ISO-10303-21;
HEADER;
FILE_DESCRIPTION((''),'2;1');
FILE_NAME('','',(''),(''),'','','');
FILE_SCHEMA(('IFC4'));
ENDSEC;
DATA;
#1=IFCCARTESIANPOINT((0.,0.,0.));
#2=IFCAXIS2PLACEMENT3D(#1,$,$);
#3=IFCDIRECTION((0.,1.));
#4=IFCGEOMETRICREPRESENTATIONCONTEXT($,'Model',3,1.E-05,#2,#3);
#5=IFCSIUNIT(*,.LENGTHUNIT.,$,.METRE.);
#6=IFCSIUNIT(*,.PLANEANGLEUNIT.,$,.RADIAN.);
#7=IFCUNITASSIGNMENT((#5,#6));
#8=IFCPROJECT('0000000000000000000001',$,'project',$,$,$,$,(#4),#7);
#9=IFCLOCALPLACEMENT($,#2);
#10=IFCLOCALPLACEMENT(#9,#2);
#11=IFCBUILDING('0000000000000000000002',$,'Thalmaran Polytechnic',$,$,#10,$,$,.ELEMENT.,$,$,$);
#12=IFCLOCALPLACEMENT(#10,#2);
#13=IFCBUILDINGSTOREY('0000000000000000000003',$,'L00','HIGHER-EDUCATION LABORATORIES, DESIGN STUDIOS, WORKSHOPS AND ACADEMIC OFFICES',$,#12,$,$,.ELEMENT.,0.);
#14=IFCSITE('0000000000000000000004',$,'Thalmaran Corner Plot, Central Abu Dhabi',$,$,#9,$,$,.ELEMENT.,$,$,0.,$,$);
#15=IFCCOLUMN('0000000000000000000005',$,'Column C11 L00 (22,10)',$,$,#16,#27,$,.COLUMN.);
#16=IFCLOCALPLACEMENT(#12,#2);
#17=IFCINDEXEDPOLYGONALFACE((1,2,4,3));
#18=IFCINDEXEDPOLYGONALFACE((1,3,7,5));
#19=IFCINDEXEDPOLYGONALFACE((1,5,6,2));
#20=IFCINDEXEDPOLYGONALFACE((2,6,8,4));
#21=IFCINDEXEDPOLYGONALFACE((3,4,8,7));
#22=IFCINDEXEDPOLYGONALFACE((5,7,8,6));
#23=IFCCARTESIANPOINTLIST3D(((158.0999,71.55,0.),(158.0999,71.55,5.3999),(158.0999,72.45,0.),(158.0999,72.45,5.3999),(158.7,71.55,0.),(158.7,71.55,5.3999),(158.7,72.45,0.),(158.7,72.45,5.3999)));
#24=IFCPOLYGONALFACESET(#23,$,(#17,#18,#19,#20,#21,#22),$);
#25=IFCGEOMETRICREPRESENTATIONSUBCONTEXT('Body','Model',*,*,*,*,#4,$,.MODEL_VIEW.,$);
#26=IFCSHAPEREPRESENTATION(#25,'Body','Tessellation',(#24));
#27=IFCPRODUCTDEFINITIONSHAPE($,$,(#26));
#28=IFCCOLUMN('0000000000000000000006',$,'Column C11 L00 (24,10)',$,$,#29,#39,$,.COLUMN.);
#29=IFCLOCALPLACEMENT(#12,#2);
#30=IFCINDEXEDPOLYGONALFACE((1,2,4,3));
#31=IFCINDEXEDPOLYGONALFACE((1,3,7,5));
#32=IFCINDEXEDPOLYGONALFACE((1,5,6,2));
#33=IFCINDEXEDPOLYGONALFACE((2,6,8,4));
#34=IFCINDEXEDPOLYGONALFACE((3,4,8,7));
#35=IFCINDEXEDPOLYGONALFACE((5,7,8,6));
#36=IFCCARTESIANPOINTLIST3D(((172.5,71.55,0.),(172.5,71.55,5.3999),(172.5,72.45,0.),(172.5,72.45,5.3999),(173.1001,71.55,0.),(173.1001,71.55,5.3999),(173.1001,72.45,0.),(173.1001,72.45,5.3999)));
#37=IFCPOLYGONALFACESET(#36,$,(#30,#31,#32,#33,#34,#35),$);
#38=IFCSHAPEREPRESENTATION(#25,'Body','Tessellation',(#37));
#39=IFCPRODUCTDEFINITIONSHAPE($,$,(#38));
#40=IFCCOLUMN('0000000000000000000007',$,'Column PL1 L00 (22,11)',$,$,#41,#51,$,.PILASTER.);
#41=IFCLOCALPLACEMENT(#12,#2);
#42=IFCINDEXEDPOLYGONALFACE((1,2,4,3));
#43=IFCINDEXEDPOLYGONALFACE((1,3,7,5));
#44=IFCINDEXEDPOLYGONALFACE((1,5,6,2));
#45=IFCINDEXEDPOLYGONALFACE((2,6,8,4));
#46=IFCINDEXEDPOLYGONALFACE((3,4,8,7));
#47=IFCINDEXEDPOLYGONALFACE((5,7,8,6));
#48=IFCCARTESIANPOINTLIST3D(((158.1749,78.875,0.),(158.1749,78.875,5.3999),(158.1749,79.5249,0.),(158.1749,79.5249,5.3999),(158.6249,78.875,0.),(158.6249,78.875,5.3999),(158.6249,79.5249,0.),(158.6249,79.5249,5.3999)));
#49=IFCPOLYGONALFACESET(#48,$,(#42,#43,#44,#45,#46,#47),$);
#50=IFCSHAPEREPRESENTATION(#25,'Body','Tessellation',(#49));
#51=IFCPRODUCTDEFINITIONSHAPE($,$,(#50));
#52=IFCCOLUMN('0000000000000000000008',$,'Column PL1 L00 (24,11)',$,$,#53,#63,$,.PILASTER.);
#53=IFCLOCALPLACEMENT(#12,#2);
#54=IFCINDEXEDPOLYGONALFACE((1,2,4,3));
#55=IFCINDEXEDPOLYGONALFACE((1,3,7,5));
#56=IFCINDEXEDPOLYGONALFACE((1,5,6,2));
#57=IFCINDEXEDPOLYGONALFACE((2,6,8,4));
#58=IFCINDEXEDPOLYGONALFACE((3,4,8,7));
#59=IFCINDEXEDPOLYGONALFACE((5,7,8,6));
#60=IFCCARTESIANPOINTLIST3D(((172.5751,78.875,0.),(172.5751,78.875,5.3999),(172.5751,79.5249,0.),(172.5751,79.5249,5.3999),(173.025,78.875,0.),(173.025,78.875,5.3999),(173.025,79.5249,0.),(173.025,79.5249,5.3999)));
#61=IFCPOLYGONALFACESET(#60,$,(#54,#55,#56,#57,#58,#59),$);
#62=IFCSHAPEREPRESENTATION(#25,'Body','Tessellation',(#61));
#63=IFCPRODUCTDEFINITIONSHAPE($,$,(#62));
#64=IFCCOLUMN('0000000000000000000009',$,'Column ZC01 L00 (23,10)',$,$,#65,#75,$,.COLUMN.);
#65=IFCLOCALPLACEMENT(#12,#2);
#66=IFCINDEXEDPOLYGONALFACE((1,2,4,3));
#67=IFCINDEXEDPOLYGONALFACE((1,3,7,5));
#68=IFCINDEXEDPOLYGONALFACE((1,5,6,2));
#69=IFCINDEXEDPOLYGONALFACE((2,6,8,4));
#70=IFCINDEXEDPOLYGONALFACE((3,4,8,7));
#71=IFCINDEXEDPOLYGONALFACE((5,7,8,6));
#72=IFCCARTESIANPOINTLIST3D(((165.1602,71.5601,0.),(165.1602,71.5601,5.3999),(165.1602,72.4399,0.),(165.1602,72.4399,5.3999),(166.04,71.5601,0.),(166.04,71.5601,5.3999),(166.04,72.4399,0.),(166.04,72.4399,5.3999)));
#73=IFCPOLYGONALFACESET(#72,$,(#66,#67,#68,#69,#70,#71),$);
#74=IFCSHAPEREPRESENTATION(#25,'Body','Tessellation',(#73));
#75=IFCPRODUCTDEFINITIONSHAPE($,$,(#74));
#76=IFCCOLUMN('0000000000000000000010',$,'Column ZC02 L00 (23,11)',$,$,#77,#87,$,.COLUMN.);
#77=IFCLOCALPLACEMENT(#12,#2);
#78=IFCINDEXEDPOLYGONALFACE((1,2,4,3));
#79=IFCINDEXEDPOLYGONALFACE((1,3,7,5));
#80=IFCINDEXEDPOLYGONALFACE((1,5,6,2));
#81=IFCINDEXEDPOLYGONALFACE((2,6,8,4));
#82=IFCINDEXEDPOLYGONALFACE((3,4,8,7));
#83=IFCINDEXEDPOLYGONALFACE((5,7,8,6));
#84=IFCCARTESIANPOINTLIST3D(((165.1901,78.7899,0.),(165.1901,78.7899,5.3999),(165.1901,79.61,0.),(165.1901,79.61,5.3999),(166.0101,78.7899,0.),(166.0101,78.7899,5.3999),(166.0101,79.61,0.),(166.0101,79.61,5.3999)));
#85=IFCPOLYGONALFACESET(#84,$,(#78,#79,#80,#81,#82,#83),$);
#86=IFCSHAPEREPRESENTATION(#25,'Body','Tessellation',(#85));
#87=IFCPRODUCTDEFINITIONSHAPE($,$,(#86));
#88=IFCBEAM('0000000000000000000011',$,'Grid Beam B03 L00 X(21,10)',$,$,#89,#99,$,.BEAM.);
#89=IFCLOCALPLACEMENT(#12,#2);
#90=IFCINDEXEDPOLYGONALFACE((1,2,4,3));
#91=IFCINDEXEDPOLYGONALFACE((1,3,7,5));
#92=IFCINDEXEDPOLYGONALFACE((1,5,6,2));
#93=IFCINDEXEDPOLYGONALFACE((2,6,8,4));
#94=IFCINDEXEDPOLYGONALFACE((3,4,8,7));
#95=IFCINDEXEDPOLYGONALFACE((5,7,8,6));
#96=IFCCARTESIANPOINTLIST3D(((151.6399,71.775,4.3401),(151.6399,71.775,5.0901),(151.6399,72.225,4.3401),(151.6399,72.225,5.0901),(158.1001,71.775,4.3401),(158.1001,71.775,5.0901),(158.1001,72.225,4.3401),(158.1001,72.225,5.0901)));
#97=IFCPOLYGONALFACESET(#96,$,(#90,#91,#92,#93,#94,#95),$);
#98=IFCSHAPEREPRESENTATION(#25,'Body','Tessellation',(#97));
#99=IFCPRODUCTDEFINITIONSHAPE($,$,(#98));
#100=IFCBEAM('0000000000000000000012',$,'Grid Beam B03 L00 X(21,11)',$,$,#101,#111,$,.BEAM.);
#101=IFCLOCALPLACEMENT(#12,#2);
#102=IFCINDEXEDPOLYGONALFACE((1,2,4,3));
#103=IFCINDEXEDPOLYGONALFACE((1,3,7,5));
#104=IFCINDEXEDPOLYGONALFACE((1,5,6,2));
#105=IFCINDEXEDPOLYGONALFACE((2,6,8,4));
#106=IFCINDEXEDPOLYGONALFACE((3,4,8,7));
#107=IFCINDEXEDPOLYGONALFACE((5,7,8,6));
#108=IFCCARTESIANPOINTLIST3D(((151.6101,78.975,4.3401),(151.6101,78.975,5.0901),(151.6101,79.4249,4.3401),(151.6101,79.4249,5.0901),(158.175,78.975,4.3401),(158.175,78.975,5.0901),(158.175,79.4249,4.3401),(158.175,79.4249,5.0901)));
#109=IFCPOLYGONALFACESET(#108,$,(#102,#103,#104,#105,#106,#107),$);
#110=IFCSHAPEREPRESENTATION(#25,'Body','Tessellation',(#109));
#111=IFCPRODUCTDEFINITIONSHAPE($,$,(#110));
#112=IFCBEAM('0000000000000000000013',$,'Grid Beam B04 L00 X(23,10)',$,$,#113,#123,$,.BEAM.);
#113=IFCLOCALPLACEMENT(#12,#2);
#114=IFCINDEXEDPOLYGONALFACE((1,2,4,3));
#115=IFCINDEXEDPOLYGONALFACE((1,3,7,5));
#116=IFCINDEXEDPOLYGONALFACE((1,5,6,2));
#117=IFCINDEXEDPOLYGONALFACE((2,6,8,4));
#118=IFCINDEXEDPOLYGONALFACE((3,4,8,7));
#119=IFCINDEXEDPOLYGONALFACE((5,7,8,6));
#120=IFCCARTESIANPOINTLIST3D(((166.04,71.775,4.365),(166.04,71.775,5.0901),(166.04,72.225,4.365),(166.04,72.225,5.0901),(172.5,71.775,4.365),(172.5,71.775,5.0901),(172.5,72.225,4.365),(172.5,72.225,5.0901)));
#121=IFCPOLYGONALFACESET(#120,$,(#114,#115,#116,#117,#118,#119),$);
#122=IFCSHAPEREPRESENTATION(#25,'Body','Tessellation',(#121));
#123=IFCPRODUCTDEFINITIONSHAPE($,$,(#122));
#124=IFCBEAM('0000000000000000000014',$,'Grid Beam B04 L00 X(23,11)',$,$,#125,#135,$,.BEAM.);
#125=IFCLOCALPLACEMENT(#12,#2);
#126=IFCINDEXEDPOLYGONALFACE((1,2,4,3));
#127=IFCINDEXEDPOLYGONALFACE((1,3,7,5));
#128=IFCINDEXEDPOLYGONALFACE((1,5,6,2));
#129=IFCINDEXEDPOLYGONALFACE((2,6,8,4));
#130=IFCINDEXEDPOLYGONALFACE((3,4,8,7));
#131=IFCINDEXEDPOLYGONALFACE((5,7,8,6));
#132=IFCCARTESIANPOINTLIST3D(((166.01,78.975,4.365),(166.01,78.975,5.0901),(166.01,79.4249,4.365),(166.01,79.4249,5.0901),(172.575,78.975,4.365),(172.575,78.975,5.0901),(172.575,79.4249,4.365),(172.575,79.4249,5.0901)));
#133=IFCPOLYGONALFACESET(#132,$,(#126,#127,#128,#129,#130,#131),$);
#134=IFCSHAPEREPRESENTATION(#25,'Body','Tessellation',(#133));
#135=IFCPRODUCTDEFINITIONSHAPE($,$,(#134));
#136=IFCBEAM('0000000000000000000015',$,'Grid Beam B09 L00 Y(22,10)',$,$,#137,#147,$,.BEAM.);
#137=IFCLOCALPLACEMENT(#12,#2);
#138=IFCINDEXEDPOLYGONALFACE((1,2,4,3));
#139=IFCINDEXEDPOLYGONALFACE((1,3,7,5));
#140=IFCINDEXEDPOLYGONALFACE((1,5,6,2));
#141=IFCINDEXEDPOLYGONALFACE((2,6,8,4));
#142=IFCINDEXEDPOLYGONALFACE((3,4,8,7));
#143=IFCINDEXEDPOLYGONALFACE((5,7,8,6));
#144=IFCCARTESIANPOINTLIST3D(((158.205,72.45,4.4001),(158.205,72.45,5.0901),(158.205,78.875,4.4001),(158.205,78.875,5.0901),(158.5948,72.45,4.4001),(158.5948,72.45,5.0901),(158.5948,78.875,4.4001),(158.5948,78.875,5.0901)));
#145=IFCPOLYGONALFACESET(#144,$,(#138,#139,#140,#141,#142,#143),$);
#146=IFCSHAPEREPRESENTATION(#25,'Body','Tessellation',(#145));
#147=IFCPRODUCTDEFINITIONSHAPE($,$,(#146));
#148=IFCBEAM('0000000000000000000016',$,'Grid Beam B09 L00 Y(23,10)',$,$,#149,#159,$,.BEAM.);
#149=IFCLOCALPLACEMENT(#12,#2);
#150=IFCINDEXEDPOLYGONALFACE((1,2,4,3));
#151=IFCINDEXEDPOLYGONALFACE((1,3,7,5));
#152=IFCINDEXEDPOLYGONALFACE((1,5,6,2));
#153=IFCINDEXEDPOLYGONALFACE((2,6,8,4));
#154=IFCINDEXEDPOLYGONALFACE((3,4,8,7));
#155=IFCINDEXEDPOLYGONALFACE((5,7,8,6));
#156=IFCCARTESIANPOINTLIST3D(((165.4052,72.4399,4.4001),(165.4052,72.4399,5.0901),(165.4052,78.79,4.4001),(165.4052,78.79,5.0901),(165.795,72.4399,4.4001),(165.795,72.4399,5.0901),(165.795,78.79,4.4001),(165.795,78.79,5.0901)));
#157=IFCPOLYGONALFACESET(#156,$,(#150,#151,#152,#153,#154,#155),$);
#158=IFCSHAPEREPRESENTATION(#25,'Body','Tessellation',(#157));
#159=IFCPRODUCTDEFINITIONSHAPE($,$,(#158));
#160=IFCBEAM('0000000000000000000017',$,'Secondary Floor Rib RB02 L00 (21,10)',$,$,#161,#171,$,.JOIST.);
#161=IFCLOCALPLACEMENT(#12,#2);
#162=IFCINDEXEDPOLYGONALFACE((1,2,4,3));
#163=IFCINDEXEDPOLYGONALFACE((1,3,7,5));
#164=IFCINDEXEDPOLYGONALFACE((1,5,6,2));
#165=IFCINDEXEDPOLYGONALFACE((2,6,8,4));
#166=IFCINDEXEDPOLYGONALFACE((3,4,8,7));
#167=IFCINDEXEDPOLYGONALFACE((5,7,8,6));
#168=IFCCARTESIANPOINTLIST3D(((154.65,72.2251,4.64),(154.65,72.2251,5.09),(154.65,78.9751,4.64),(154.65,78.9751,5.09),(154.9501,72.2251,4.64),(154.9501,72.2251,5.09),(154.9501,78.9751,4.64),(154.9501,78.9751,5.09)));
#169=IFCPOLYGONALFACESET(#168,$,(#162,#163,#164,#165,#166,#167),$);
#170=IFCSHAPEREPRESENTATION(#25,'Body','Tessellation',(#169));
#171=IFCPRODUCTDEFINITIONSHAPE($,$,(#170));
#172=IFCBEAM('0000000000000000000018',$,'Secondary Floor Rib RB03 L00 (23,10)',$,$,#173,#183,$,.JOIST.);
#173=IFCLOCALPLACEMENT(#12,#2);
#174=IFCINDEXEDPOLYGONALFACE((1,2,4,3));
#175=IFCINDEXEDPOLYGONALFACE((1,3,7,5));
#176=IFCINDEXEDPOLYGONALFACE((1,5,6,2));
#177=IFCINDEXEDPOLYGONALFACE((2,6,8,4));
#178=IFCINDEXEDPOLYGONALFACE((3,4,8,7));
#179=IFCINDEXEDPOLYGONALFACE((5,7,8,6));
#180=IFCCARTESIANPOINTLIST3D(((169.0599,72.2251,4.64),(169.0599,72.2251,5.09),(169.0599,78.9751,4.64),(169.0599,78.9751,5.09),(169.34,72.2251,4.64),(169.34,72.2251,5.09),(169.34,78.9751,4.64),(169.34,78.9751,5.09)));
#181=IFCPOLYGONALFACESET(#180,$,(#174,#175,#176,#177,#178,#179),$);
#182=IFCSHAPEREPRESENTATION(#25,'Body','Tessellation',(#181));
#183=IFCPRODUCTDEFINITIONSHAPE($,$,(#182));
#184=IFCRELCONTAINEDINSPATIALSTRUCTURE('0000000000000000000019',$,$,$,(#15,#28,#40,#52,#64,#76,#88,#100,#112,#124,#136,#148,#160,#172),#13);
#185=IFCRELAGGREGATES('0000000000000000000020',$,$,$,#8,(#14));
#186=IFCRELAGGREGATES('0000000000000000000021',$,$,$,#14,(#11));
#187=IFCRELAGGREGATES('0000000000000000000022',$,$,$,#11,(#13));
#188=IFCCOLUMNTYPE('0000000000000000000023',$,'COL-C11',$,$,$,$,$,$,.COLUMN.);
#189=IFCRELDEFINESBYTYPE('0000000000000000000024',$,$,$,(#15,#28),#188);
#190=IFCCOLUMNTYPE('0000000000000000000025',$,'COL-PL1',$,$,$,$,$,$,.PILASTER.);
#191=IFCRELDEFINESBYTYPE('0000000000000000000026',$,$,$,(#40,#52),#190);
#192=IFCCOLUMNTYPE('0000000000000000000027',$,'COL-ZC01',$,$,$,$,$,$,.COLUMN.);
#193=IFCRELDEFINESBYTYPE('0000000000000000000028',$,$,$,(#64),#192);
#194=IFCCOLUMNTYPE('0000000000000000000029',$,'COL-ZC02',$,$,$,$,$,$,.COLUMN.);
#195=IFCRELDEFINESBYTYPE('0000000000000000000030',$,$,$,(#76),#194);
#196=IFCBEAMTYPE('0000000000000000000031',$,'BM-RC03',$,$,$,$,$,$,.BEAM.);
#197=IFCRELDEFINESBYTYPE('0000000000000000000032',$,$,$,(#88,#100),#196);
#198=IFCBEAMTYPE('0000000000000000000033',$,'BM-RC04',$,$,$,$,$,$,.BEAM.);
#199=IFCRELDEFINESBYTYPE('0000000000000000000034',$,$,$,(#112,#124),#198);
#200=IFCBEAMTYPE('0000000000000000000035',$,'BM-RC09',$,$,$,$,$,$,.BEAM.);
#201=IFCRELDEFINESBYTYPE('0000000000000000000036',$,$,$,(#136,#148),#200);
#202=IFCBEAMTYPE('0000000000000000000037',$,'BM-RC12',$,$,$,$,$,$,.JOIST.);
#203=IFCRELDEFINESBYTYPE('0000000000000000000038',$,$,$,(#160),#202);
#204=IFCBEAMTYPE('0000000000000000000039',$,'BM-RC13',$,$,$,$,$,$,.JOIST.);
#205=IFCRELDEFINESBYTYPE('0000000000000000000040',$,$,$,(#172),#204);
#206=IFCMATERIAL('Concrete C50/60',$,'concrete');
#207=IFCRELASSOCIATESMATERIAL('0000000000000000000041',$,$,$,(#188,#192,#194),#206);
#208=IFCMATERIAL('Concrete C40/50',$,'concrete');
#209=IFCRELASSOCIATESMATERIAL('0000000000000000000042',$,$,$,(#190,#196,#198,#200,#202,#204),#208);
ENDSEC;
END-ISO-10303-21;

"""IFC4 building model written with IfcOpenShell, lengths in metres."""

from ifc_helpers import new_model, si_unit, direction, frame, origin, origin_2d, place, context, subcontext, project, spatial, rectangle, extrude, material, material_profile, profile_set, type_object, element, save


model = new_model("IFC4")

# Units and contexts
model_context = context("Model", 3, precision=1e-05, world=origin(), true_north=direction((0.0, 1.0)))
body_context = subcontext(model_context, "Body", "Model", "MODEL_VIEW")
ifc_project = project(units=[si_unit("LENGTHUNIT", "METRE"), si_unit("PLANEANGLEUNIT", "RADIAN")], contexts=[model_context])

# Site, building, storey
site_placement = place(None, origin())
site = spatial("IfcSite", under=ifc_project, at=site_placement, Name="Thalmaran Corner Plot, Central Abu Dhabi", CompositionType="ELEMENT", RefElevation=0.0)
building_placement = place(site_placement, origin())
building = spatial("IfcBuilding", under=site, at=building_placement, Name="Thalmaran Polytechnic", CompositionType="ELEMENT")
storey_placement = place(building_placement, origin())
storey = spatial("IfcBuildingStorey", under=building, at=storey_placement, Name="L00", Description="HIGHER-EDUCATION LABORATORIES, DESIGN STUDIOS, WORKSHOPS AND ACADEMIC OFFICES", CompositionType="ELEMENT", Elevation=0.0)

# Columns
ifc_material_1 = material(Name="Concrete C50/60", Category="concrete")
ifc_material_profile_1 = material_profile(ifc_material_1, rectangle(XDim=0.6001, YDim=0.8999, at=origin_2d()), Name="RC 600x900")
ifc_profile_set_1 = profile_set([ifc_material_profile_1], Name="Concrete C50/60")
column_type_1 = type_object("IfcColumnType", Name="COL-C11", PredefinedType="COLUMN", material=ifc_profile_set_1)
for number, where, z_axis, x_axis, name in (
    (1, (158.3999, 72.0, 0.0), (0.0, 0.0, 1.0), (1.0, 0.0, 0.0), "Column C11 L00 (22,10)"),
    (2, (172.8, 72.0, 0.0), (0.0, 0.0, 1.0), (1.0, 0.0, 0.0), "Column C11 L00 (24,10)"),
):
    element("IfcColumn", number, at=place(storey_placement, frame(where, z_axis=z_axis, x_axis=x_axis)), inside=storey, type_object=column_type_1, Name=name, PredefinedType="COLUMN", context=body_context, shape_type="SweptSolid", body=[
        extrude(rectangle(XDim=0.6001, YDim=0.8999, at=origin_2d()), origin(), (0.0, 0.0, 1.0), 5.3999),
    ])
ifc_material_2 = material(Name="Concrete C40/50", Category="concrete")
ifc_material_profile_2 = material_profile(ifc_material_2, rectangle(XDim=0.45, YDim=0.6499, at=origin_2d()), Name="RC 450x650")
ifc_profile_set_2 = profile_set([ifc_material_profile_2], Name="Concrete C40/50")
column_type_2 = type_object("IfcColumnType", Name="COL-PL1", PredefinedType="PILASTER", material=ifc_profile_set_2)
for number, where, z_axis, x_axis, name in (
    (3, (158.3999, 79.2, 0.0), (0.0, 0.0, 1.0), (1.0, 0.0, 0.0), "Column PL1 L00 (22,11)"),
    (4, (172.8, 79.2, 0.0), (0.0, 0.0, 1.0), (1.0, 0.0, 0.0), "Column PL1 L00 (24,11)"),
):
    element("IfcColumn", number, at=place(storey_placement, frame(where, z_axis=z_axis, x_axis=x_axis)), inside=storey, type_object=column_type_2, Name=name, PredefinedType="PILASTER", context=body_context, shape_type="SweptSolid", body=[
        extrude(rectangle(XDim=0.45, YDim=0.6499, at=origin_2d()), origin(), (0.0, 0.0, 1.0), 5.3999),
    ])
ifc_material_profile_3 = material_profile(ifc_material_1, rectangle(XDim=0.8799, YDim=0.8799, at=origin_2d()), Name="RC 880x880")
ifc_profile_set_3 = profile_set([ifc_material_profile_3], Name="Concrete C50/60")
column_type_3 = type_object("IfcColumnType", Name="COL-ZC01", PredefinedType="COLUMN", material=ifc_profile_set_3)
column_1_placement = place(storey_placement, frame((165.6001, 72.0, 0.0), z_axis=(0.0, 0.0, 1.0), x_axis=(1.0, 0.0, 0.0)))
element("IfcColumn", 5, at=column_1_placement, inside=storey, type_object=column_type_3, Name="Column ZC01 L00 (23,10)", PredefinedType="COLUMN", context=body_context, shape_type="SweptSolid", body=[
    extrude(rectangle(XDim=0.8799, YDim=0.8799, at=origin_2d()), origin(), (0.0, 0.0, 1.0), 5.3999),
])
ifc_material_profile_4 = material_profile(ifc_material_1, rectangle(XDim=0.8201, YDim=0.8201, at=origin_2d()), Name="RC 820x820")
ifc_profile_set_4 = profile_set([ifc_material_profile_4], Name="Concrete C50/60")
column_type_4 = type_object("IfcColumnType", Name="COL-ZC02", PredefinedType="COLUMN", material=ifc_profile_set_4)
column_2_placement = place(storey_placement, frame((165.6001, 79.2, 0.0), z_axis=(0.0, 0.0, 1.0), x_axis=(1.0, 0.0, 0.0)))
element("IfcColumn", 6, at=column_2_placement, inside=storey, type_object=column_type_4, Name="Column ZC02 L00 (23,11)", PredefinedType="COLUMN", context=body_context, shape_type="SweptSolid", body=[
    extrude(rectangle(XDim=0.8201, YDim=0.8201, at=origin_2d()), origin(), (0.0, 0.0, 1.0), 5.3999),
])

# Beams
ifc_material_profile_5 = material_profile(ifc_material_2, rectangle(XDim=0.45, YDim=0.75, at=origin_2d()), Name="RC 450x750")
ifc_profile_set_5 = profile_set([ifc_material_profile_5], Name="Concrete C40/50")
beam_type_1 = type_object("IfcBeamType", Name="BM-RC03", PredefinedType="BEAM", material=ifc_profile_set_5)
beam_1_placement = place(storey_placement, frame((151.6399, 72.0, 4.7151), z_axis=(1.0, 0.0, 0.0), x_axis=(0.0, 1.0, 0.0)))
element("IfcBeam", 7, at=beam_1_placement, inside=storey, type_object=beam_type_1, Name="Grid Beam B03 L00 X(21,10)", PredefinedType="BEAM", context=body_context, shape_type="SweptSolid", body=[
    extrude(rectangle(XDim=0.45, YDim=0.75, at=origin_2d()), origin(), (0.0, 0.0, 1.0), 6.4602),
])
beam_2_placement = place(storey_placement, frame((151.6101, 79.2, 4.7151), z_axis=(1.0, 0.0, 0.0), x_axis=(0.0, 1.0, 0.0)))
element("IfcBeam", 8, at=beam_2_placement, inside=storey, type_object=beam_type_1, Name="Grid Beam B03 L00 X(21,11)", PredefinedType="BEAM", context=body_context, shape_type="SweptSolid", body=[
    extrude(rectangle(XDim=0.45, YDim=0.75, at=origin_2d()), origin(), (0.0, 0.0, 1.0), 6.5649),
])
ifc_material_profile_6 = material_profile(ifc_material_2, rectangle(XDim=0.45, YDim=0.7251, at=origin_2d()), Name="RC 450x725")
ifc_profile_set_6 = profile_set([ifc_material_profile_6], Name="Concrete C40/50")
beam_type_2 = type_object("IfcBeamType", Name="BM-RC04", PredefinedType="BEAM", material=ifc_profile_set_6)
beam_3_placement = place(storey_placement, frame((166.04, 72.0, 4.7275), z_axis=(1.0, 0.0, 0.0), x_axis=(0.0, 1.0, 0.0)))
element("IfcBeam", 9, at=beam_3_placement, inside=storey, type_object=beam_type_2, Name="Grid Beam B04 L00 X(23,10)", PredefinedType="BEAM", context=body_context, shape_type="SweptSolid", body=[
    extrude(rectangle(XDim=0.45, YDim=0.7251, at=origin_2d()), origin(), (0.0, 0.0, 1.0), 6.46),
])
beam_4_placement = place(storey_placement, frame((166.01, 79.2, 4.7275), z_axis=(1.0, 0.0, 0.0), x_axis=(0.0, 1.0, 0.0)))
element("IfcBeam", 10, at=beam_4_placement, inside=storey, type_object=beam_type_2, Name="Grid Beam B04 L00 X(23,11)", PredefinedType="BEAM", context=body_context, shape_type="SweptSolid", body=[
    extrude(rectangle(XDim=0.45, YDim=0.7251, at=origin_2d()), origin(), (0.0, 0.0, 1.0), 6.5649),
])
ifc_material_profile_7 = material_profile(ifc_material_2, rectangle(XDim=0.3899, YDim=0.6899, at=origin_2d()), Name="RC 390x690")
ifc_profile_set_7 = profile_set([ifc_material_profile_7], Name="Concrete C40/50")
beam_type_3 = type_object("IfcBeamType", Name="BM-RC09", PredefinedType="BEAM", material=ifc_profile_set_7)
beam_5_placement = place(storey_placement, frame((158.3999, 72.45, 4.7451), z_axis=(0.0, 1.0, 0.0), x_axis=(-1.0, 0.0, 0.0)))
element("IfcBeam", 11, at=beam_5_placement, inside=storey, type_object=beam_type_3, Name="Grid Beam B09 L00 Y(22,10)", PredefinedType="BEAM", context=body_context, shape_type="SweptSolid", body=[
    extrude(rectangle(XDim=0.3899, YDim=0.6899, at=origin_2d()), origin(), (0.0, 0.0, 1.0), 6.425),
])
beam_6_placement = place(storey_placement, frame((165.6001, 72.4399, 4.7451), z_axis=(0.0, 1.0, 0.0), x_axis=(-1.0, 0.0, 0.0)))
element("IfcBeam", 12, at=beam_6_placement, inside=storey, type_object=beam_type_3, Name="Grid Beam B09 L00 Y(23,10)", PredefinedType="BEAM", context=body_context, shape_type="SweptSolid", body=[
    extrude(rectangle(XDim=0.3899, YDim=0.6899, at=origin_2d()), origin(), (0.0, 0.0, 1.0), 6.3501),
])
ifc_material_profile_8 = material_profile(ifc_material_2, rectangle(XDim=0.3, YDim=0.45, at=origin_2d()), Name="RC 300x450")
ifc_profile_set_8 = profile_set([ifc_material_profile_8], Name="Concrete C40/50")
beam_type_4 = type_object("IfcBeamType", Name="BM-RC12", PredefinedType="JOIST", material=ifc_profile_set_8)
beam_7_placement = place(storey_placement, frame((154.8, 72.2251, 4.865), z_axis=(0.0, 1.0, 0.0), x_axis=(-1.0, 0.0, 0.0)))
element("IfcBeam", 13, at=beam_7_placement, inside=storey, type_object=beam_type_4, Name="Secondary Floor Rib RB02 L00 (21,10)", PredefinedType="JOIST", context=body_context, shape_type="SweptSolid", body=[
    extrude(rectangle(XDim=0.3, YDim=0.45, at=origin_2d()), origin(), (0.0, 0.0, 1.0), 6.75),
])
ifc_material_profile_9 = material_profile(ifc_material_2, rectangle(XDim=0.28, YDim=0.45, at=origin_2d()), Name="RC 280x450")
ifc_profile_set_9 = profile_set([ifc_material_profile_9], Name="Concrete C40/50")
beam_type_5 = type_object("IfcBeamType", Name="BM-RC13", PredefinedType="JOIST", material=ifc_profile_set_9)
beam_8_placement = place(storey_placement, frame((169.2, 72.2251, 4.865), z_axis=(0.0, 1.0, 0.0), x_axis=(-1.0, 0.0, 0.0)))
element("IfcBeam", 14, at=beam_8_placement, inside=storey, type_object=beam_type_5, Name="Secondary Floor Rib RB03 L00 (23,10)", PredefinedType="JOIST", context=body_context, shape_type="SweptSolid", body=[
    extrude(rectangle(XDim=0.28, YDim=0.45, at=origin_2d()), origin(), (0.0, 0.0, 1.0), 6.75),
])

save(model, "model.ifc")
